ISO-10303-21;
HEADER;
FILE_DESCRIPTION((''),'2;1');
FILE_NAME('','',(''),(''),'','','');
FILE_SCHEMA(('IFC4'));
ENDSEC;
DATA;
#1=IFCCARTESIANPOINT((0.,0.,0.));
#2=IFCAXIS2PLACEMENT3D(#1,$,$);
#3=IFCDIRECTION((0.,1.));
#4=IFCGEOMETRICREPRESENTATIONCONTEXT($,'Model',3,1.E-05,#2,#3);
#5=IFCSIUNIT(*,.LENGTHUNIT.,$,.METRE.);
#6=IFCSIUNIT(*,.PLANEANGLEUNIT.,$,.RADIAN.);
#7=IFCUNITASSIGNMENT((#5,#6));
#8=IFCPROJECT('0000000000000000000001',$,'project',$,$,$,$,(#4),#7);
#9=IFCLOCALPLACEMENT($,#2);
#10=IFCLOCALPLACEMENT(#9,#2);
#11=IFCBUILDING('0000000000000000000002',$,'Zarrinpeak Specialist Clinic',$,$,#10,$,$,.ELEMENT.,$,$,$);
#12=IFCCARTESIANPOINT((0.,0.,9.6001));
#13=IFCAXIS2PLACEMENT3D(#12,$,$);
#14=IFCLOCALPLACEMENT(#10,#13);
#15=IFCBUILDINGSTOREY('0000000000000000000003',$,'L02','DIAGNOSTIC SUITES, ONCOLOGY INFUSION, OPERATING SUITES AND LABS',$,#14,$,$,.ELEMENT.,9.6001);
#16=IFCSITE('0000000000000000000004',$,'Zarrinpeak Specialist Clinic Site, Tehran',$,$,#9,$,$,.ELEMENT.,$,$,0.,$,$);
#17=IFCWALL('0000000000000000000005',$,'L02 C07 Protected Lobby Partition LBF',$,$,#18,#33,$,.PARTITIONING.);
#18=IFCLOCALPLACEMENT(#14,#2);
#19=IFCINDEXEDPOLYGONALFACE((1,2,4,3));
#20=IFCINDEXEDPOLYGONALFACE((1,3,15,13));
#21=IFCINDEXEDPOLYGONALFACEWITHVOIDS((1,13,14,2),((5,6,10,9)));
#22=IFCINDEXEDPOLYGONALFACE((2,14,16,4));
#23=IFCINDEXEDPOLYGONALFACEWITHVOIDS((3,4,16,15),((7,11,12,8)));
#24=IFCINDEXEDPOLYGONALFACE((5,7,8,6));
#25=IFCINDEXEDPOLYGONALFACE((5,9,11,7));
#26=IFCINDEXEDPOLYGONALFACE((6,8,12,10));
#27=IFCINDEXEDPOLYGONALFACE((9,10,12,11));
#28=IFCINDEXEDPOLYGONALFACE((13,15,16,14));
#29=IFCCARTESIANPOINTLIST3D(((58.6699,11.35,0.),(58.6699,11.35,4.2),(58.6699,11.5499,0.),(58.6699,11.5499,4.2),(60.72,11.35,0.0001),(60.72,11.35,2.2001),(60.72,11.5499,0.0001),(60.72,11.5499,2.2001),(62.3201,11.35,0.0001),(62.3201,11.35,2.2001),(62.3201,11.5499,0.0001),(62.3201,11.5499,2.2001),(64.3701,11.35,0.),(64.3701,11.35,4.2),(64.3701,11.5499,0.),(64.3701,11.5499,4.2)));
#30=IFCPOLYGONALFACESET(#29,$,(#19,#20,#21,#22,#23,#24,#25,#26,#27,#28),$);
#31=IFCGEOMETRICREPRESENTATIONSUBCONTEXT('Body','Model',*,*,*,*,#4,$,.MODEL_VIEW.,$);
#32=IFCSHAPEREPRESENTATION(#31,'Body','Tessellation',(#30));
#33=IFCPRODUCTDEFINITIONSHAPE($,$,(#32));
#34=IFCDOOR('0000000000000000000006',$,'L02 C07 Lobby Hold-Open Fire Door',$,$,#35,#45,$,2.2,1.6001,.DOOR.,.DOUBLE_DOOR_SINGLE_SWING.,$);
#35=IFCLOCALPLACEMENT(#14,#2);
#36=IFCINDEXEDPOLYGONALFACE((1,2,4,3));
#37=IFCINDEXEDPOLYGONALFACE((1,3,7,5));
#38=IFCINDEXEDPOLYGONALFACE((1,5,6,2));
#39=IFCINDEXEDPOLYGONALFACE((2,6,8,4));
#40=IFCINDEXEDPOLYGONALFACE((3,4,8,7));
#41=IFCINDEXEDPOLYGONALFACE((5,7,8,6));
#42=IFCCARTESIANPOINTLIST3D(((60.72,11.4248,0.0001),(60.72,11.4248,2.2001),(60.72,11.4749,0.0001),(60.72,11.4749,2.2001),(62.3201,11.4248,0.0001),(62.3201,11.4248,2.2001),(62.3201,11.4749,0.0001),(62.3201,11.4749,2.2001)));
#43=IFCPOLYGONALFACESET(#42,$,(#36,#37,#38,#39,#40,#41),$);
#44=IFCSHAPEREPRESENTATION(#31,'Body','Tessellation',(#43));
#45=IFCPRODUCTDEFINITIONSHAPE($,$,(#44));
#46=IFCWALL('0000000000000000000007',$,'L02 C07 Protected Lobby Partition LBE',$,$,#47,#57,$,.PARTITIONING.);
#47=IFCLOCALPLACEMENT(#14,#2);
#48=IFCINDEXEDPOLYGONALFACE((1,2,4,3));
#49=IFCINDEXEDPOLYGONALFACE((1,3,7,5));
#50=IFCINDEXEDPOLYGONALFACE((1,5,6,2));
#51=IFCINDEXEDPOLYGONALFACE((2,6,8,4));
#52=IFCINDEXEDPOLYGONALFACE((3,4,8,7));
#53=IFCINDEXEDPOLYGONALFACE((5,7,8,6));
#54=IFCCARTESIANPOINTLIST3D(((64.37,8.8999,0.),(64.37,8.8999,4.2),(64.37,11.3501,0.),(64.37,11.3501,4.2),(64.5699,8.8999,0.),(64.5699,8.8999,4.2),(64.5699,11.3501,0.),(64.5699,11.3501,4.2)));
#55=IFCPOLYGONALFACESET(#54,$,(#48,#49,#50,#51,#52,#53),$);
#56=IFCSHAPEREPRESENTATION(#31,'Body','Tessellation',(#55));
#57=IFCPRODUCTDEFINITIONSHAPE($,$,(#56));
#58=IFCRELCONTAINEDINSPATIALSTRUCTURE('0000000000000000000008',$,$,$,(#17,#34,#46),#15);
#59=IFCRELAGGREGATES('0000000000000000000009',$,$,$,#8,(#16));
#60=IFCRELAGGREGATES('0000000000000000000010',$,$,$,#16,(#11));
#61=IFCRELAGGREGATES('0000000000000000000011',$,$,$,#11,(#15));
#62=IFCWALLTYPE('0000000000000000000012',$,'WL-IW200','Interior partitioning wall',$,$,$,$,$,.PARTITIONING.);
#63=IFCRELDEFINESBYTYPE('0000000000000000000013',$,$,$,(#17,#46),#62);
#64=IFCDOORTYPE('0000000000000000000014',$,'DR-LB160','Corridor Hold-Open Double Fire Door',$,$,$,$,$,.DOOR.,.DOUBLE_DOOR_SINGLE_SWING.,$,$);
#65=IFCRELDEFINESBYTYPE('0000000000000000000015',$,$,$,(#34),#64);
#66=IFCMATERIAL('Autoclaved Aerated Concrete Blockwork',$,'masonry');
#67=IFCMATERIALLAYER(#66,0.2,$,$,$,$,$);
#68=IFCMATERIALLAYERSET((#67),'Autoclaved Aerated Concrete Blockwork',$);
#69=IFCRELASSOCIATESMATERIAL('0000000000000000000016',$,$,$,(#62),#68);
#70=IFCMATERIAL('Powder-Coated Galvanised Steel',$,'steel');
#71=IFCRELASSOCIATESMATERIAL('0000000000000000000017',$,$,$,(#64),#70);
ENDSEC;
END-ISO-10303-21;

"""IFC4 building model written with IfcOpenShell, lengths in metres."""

from ifc_helpers import new_model, si_unit, direction, frame, frame_2d, origin, place, context, subcontext, project, spatial, rectangle, extrude, material, layer, layer_set, type_object, element, fill, save


model = new_model("IFC4")

# Units and contexts
model_context = context("Model", 3, precision=1e-05, world=origin(), true_north=direction((0.0, 1.0)))
body_context = subcontext(model_context, "Body", "Model", "MODEL_VIEW")
ifc_project = project(units=[si_unit("LENGTHUNIT", "METRE"), si_unit("PLANEANGLEUNIT", "RADIAN")], contexts=[model_context])

# Site, building, storey
site_placement = place(None, origin())
site = spatial("IfcSite", under=ifc_project, at=site_placement, Name="Zarrinpeak Specialist Clinic Site, Tehran", CompositionType="ELEMENT", RefElevation=0.0)
building_placement = place(site_placement, origin())
building = spatial("IfcBuilding", under=site, at=building_placement, Name="Zarrinpeak Specialist Clinic", CompositionType="ELEMENT")
storey_placement = place(building_placement, frame((0.0, 0.0, 9.6001)))
storey = spatial("IfcBuildingStorey", under=building, at=storey_placement, Name="L02", Description="DIAGNOSTIC SUITES, ONCOLOGY INFUSION, OPERATING SUITES AND LABS", CompositionType="ELEMENT", Elevation=9.6001)

# Shared definitions
ifc_material_1 = material(Name="Powder-Coated Galvanised Steel", Category="steel")

# Wall, opening, door
ifc_material_2 = material(Name="Autoclaved Aerated Concrete Blockwork", Category="masonry")
ifc_layer_1 = layer(ifc_material_2, 0.2)
ifc_layer_set_1 = layer_set([ifc_layer_1], Name="Autoclaved Aerated Concrete Blockwork")
wall_type_1 = type_object("IfcWallType", Name="WL-IW200", Description="Interior partitioning wall", PredefinedType="PARTITIONING", material=ifc_layer_set_1)
wall_1_placement = place(storey_placement, frame((58.6699, 11.45, 0.0), z_axis=(0.0, 0.0, 1.0), x_axis=(1.0, 0.0, 0.0)))
wall_1 = element("IfcWall", 1, at=wall_1_placement, inside=storey, type_object=wall_type_1, Name="L02 C07 Protected Lobby Partition LBF", PredefinedType="PARTITIONING", context=body_context, shape_type="SweptSolid", body=[
    extrude(rectangle(XDim=5.7002, YDim=0.2, at=frame_2d((2.8501, 0.0))), origin(), (0.0, 0.0, 1.0), 4.2),
])
opening_1_placement = place(wall_1_placement, frame((2.05, 0.0, 0.0)))
opening_1 = element("IfcOpeningElement", 2, at=opening_1_placement, cuts=wall_1, PredefinedType="OPENING", context=body_context, shape_type="SweptSolid", body=[
    extrude(rectangle(XDim=1.6001, YDim=2.2, at=frame_2d((0.8, 1.1001))), frame((0.0, 0.1099, 0.0), z_axis=(0.0, -1.0, 0.0), x_axis=(1.0, 0.0, 0.0)), (0.0, 0.0, 1.0), 0.22),
])
door_type_1 = type_object("IfcDoorType", Name="DR-LB160", Description="Corridor Hold-Open Double Fire Door", OperationType="DOUBLE_DOOR_SINGLE_SWING", PredefinedType="DOOR", material=ifc_material_1)
door_1_placement = place(opening_1_placement, origin())
door_1 = element("IfcDoor", 3, at=door_1_placement, inside=storey, type_object=door_type_1, Name="L02 C07 Lobby Hold-Open Fire Door", OperationType="DOUBLE_DOOR_SINGLE_SWING", OverallHeight=2.2, OverallWidth=1.6001, PredefinedType="DOOR", context=body_context, shape_type="SweptSolid", body=[
    extrude(rectangle(XDim=1.6001, YDim=2.2, at=frame_2d((0.8, 1.1001))), frame((0.0, 0.0249, 0.0), z_axis=(0.0, -1.0, 0.0), x_axis=(1.0, 0.0, 0.0)), (0.0, 0.0, 1.0), 0.05),
])
fill(opening_1, door_1)

# Wall
wall_2_placement = place(storey_placement, frame((64.47, 8.8999, 0.0), z_axis=(0.0, 0.0, 1.0), x_axis=(0.0, 1.0, 0.0)))
element("IfcWall", 4, at=wall_2_placement, inside=storey, type_object=wall_type_1, Name="L02 C07 Protected Lobby Partition LBE", PredefinedType="PARTITIONING", context=body_context, shape_type="SweptSolid", body=[
    extrude(rectangle(XDim=2.4502, YDim=0.2, at=frame_2d((1.2251, 0.0))), origin(), (0.0, 0.0, 1.0), 4.2),
])

save(model, "model.ifc")
